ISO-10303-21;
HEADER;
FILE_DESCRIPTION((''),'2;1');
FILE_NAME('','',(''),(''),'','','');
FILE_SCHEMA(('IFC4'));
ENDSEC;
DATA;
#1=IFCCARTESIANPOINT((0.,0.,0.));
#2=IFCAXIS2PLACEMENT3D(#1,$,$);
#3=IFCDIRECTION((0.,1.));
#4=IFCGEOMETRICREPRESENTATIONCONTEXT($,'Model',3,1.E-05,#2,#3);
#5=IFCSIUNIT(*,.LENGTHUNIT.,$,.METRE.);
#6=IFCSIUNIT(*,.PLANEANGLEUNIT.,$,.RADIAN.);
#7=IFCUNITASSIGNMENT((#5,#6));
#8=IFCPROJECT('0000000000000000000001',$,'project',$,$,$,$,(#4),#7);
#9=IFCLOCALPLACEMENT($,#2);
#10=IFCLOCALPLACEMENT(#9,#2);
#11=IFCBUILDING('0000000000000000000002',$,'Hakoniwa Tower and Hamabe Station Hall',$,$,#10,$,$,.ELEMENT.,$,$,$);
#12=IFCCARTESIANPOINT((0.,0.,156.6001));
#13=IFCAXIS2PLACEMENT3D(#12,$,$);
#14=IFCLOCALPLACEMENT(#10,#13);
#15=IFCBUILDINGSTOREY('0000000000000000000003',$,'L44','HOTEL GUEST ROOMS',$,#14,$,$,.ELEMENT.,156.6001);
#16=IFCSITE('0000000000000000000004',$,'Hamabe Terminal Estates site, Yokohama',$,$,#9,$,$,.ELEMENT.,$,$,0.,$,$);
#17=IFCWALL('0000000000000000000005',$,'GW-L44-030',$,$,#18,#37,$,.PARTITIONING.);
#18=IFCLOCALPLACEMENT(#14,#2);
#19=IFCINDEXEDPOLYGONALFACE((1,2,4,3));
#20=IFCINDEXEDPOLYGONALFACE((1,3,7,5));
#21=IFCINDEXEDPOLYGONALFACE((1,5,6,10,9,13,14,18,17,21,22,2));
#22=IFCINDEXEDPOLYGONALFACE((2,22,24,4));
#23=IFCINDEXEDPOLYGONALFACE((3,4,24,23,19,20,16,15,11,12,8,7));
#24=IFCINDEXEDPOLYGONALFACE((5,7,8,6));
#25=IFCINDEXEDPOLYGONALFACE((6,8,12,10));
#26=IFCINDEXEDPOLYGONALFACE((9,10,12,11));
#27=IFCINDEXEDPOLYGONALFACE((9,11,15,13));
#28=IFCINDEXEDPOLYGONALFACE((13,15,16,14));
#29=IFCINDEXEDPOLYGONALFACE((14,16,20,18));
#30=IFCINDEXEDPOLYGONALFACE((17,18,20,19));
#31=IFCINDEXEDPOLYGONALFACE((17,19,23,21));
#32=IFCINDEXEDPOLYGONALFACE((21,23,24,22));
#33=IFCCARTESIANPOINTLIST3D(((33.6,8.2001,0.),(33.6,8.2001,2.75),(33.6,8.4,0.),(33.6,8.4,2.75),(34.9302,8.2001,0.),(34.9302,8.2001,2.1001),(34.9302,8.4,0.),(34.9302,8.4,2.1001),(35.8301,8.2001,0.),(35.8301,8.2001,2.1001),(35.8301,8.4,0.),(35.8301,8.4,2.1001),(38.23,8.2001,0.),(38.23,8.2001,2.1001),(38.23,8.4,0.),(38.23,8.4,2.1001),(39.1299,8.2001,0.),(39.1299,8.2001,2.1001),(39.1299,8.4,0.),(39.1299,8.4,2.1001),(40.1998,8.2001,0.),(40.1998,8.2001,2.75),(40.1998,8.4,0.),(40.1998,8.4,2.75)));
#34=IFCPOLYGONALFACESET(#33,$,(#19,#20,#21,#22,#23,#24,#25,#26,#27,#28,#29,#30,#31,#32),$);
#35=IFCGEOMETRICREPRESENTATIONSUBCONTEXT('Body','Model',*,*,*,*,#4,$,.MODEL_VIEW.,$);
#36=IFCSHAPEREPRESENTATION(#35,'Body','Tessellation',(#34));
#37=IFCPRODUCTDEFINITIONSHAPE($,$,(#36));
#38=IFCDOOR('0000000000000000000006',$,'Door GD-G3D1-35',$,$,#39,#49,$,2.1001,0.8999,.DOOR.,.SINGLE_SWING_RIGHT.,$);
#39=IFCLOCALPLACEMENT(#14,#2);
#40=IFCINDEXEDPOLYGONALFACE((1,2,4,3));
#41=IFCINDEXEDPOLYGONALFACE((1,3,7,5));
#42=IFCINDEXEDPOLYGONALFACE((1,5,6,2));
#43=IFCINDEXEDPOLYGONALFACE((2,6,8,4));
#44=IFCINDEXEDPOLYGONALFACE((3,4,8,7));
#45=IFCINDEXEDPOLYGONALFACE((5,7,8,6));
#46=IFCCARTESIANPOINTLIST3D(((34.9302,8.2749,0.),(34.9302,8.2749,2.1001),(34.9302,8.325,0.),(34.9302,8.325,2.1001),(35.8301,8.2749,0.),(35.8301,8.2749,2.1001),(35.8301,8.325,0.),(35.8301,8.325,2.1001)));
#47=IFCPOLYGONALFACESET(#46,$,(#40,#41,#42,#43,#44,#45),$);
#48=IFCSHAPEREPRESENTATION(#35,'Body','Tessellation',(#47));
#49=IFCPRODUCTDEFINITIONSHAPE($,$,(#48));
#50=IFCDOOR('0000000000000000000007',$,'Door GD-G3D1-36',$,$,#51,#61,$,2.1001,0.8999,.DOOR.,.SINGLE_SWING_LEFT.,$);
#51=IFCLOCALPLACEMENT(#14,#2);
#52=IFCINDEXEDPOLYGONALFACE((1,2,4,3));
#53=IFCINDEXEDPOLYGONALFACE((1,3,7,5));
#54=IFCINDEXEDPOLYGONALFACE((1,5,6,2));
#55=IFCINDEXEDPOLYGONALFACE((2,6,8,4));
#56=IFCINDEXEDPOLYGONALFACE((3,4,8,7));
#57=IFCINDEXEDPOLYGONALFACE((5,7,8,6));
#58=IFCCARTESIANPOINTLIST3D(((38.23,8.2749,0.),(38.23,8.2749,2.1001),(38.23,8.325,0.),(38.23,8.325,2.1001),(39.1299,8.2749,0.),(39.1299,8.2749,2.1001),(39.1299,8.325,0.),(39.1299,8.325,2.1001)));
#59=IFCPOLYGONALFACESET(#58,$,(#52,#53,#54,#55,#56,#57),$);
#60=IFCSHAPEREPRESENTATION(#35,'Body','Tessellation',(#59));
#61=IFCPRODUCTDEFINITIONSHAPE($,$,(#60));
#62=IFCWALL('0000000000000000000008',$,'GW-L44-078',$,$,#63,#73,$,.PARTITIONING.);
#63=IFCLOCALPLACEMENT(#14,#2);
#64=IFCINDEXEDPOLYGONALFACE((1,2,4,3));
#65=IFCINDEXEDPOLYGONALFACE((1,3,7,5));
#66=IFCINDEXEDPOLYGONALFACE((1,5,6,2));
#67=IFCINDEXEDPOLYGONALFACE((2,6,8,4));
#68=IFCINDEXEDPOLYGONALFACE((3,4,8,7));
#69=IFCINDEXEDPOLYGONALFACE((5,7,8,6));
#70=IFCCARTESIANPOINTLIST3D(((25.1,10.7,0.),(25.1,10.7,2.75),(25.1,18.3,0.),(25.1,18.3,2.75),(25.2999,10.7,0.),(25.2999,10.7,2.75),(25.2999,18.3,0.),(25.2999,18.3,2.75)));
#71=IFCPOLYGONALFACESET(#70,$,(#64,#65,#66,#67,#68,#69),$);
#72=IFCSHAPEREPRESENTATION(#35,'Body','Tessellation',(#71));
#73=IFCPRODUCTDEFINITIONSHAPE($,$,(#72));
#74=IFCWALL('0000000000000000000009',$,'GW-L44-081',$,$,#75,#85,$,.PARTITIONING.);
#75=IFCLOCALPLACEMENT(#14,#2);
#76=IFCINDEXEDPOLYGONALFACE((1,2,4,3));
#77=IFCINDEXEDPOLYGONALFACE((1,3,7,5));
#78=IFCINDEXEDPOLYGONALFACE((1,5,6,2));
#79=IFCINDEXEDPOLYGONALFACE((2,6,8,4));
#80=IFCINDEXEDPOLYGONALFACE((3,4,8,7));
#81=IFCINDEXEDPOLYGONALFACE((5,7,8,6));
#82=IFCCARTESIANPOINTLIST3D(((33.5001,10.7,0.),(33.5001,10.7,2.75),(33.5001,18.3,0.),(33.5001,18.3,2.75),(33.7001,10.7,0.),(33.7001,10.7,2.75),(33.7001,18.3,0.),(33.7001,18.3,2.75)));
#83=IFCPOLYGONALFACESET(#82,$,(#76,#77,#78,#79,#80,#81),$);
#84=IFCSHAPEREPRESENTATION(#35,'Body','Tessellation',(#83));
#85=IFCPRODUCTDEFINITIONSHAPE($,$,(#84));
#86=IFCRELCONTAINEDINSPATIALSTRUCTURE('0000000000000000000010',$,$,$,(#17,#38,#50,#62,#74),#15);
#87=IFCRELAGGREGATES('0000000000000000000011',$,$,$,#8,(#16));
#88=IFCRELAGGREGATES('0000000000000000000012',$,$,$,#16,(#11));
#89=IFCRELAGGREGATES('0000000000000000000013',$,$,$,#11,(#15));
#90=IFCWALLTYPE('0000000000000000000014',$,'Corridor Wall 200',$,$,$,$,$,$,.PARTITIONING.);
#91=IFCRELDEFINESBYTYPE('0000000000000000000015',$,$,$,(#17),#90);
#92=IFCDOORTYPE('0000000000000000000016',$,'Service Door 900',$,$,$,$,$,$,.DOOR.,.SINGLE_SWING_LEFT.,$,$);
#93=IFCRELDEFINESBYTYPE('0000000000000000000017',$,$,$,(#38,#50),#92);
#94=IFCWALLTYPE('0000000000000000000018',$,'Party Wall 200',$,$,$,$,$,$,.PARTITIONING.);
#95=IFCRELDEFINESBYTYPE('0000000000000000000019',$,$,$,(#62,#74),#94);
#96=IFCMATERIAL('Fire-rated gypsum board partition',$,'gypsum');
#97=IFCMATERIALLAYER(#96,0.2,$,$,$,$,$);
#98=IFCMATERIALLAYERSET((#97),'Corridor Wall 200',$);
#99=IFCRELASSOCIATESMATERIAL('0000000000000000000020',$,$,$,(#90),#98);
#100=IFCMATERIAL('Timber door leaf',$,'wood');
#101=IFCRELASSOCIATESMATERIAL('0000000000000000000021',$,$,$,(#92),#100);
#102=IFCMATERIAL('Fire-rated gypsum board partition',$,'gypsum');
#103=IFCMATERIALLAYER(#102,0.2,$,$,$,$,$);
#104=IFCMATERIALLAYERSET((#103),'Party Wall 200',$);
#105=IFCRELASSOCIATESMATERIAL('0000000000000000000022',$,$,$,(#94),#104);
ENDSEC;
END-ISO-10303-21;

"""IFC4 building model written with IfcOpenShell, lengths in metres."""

from ifc_helpers import new_model, si_unit, direction, frame, frame_2d, origin, place, context, subcontext, project, spatial, rectangle, extrude, material, layer, layer_set, type_object, element, fill, save


model = new_model("IFC4")

# Units and contexts
model_context = context("Model", 3, precision=1e-05, world=origin(), true_north=direction((0.0, 1.0)))
body_context = subcontext(model_context, "Body", "Model", "MODEL_VIEW")
ifc_project = project(units=[si_unit("LENGTHUNIT", "METRE"), si_unit("PLANEANGLEUNIT", "RADIAN")], contexts=[model_context])

# Site, building, storey
site_placement = place(None, origin())
site = spatial("IfcSite", under=ifc_project, at=site_placement, Name="Hamabe Terminal Estates site, Yokohama", CompositionType="ELEMENT", RefElevation=0.0)
building_placement = place(site_placement, origin())
building = spatial("IfcBuilding", under=site, at=building_placement, Name="Hakoniwa Tower and Hamabe Station Hall", CompositionType="ELEMENT")
storey_placement = place(building_placement, frame((0.0, 0.0, 156.6001)))
storey = spatial("IfcBuildingStorey", under=building, at=storey_placement, Name="L44", Description="HOTEL GUEST ROOMS", CompositionType="ELEMENT", Elevation=156.6001)

# Wall, openings, doors
ifc_material_1 = material(Name="Fire-rated gypsum board partition", Category="gypsum")
ifc_layer_1 = layer(ifc_material_1, 0.2)
ifc_layer_set_1 = layer_set([ifc_layer_1], Name="Corridor Wall 200")
wall_type_1 = type_object("IfcWallType", Name="Corridor Wall 200", PredefinedType="PARTITIONING", material=ifc_layer_set_1)
wall_1_placement = place(storey_placement, frame((33.6001, 8.3, 0.0), z_axis=(0.0, 0.0, 1.0), x_axis=(1.0, 0.0, 0.0)))
wall_1 = element("IfcWall", 1, at=wall_1_placement, inside=storey, type_object=wall_type_1, Name="GW-L44-030", PredefinedType="PARTITIONING", context=body_context, shape_type="SweptSolid", body=[
    extrude(rectangle(XDim=6.5999, YDim=0.2, at=frame_2d((3.2998, 0.0))), origin(), (0.0, 0.0, 1.0), 2.75),
])
opening_1_placement = place(wall_1_placement, frame((1.3301, 0.0, 0.0)))
opening_1 = element("IfcOpeningElement", 2, at=opening_1_placement, cuts=wall_1, PredefinedType="OPENING", context=body_context, shape_type="SweptSolid", body=[
    extrude(rectangle(XDim=0.8999, YDim=2.1001, at=frame_2d((0.45, 1.05))), frame((0.0, 0.1099, 0.0), z_axis=(0.0, -1.0, 0.0), x_axis=(1.0, 0.0, 0.0)), (0.0, 0.0, 1.0), 0.22),
])
opening_2_placement = place(wall_1_placement, frame((4.6299, 0.0, 0.0)))
opening_2 = element("IfcOpeningElement", 3, at=opening_2_placement, cuts=wall_1, PredefinedType="OPENING", context=body_context, shape_type="SweptSolid", body=[
    extrude(rectangle(XDim=0.8999, YDim=2.1001, at=frame_2d((0.45, 1.05))), frame((0.0, 0.1099, 0.0), z_axis=(0.0, -1.0, 0.0), x_axis=(1.0, 0.0, 0.0)), (0.0, 0.0, 1.0), 0.22),
])
ifc_material_2 = material(Name="Timber door leaf", Category="wood")
door_type = type_object("IfcDoorType", Name="Service Door 900", OperationType="SINGLE_SWING_LEFT", PredefinedType="DOOR", material=ifc_material_2)
door_1_placement = place(opening_1_placement, origin())
door_1 = element("IfcDoor", 4, at=door_1_placement, inside=storey, type_object=door_type, Name="Door GD-G3D1-35", OperationType="SINGLE_SWING_RIGHT", OverallHeight=2.1001, OverallWidth=0.8999, PredefinedType="DOOR", context=body_context, shape_type="SweptSolid", body=[
    extrude(rectangle(XDim=0.8999, YDim=2.1001, at=frame_2d((0.45, 1.05))), frame((0.0, 0.0249, 0.0), z_axis=(0.0, -1.0, 0.0), x_axis=(1.0, 0.0, 0.0)), (0.0, 0.0, 1.0), 0.05),
])
fill(opening_1, door_1)
door_2_placement = place(opening_2_placement, origin())
door_2 = element("IfcDoor", 5, at=door_2_placement, inside=storey, type_object=door_type, Name="Door GD-G3D1-36", OperationType="SINGLE_SWING_LEFT", OverallHeight=2.1001, OverallWidth=0.8999, PredefinedType="DOOR", context=body_context, shape_type="SweptSolid", body=[
    extrude(rectangle(XDim=0.8999, YDim=2.1001, at=frame_2d((0.45, 1.05))), frame((0.0, 0.0249, 0.0), z_axis=(0.0, -1.0, 0.0), x_axis=(1.0, 0.0, 0.0)), (0.0, 0.0, 1.0), 0.05),
])
fill(opening_2, door_2)

# Walls
ifc_material_3 = material(Name="Fire-rated gypsum board partition", Category="gypsum")
ifc_layer_2 = layer(ifc_material_3, 0.2)
ifc_layer_set_2 = layer_set([ifc_layer_2], Name="Party Wall 200")
wall_type_2 = type_object("IfcWallType", Name="Party Wall 200", PredefinedType="PARTITIONING", material=ifc_layer_set_2)
for number, where, z_axis, x_axis, name in (
    (6, (25.2, 10.7, 0.0), (0.0, 0.0, 1.0), (0.0, 1.0, 0.0), "GW-L44-078"),
    (7, (33.6001, 10.7, 0.0), (0.0, 0.0, 1.0), (0.0, 1.0, 0.0), "GW-L44-081"),
):
    element("IfcWall", number, at=place(storey_placement, frame(where, z_axis=z_axis, x_axis=x_axis)), inside=storey, type_object=wall_type_2, Name=name, PredefinedType="PARTITIONING", context=body_context, shape_type="SweptSolid", body=[
        extrude(rectangle(XDim=7.6001, YDim=0.2, at=frame_2d((3.8, 0.0))), origin(), (0.0, 0.0, 1.0), 2.75),
    ])

save(model, "model.ifc")
